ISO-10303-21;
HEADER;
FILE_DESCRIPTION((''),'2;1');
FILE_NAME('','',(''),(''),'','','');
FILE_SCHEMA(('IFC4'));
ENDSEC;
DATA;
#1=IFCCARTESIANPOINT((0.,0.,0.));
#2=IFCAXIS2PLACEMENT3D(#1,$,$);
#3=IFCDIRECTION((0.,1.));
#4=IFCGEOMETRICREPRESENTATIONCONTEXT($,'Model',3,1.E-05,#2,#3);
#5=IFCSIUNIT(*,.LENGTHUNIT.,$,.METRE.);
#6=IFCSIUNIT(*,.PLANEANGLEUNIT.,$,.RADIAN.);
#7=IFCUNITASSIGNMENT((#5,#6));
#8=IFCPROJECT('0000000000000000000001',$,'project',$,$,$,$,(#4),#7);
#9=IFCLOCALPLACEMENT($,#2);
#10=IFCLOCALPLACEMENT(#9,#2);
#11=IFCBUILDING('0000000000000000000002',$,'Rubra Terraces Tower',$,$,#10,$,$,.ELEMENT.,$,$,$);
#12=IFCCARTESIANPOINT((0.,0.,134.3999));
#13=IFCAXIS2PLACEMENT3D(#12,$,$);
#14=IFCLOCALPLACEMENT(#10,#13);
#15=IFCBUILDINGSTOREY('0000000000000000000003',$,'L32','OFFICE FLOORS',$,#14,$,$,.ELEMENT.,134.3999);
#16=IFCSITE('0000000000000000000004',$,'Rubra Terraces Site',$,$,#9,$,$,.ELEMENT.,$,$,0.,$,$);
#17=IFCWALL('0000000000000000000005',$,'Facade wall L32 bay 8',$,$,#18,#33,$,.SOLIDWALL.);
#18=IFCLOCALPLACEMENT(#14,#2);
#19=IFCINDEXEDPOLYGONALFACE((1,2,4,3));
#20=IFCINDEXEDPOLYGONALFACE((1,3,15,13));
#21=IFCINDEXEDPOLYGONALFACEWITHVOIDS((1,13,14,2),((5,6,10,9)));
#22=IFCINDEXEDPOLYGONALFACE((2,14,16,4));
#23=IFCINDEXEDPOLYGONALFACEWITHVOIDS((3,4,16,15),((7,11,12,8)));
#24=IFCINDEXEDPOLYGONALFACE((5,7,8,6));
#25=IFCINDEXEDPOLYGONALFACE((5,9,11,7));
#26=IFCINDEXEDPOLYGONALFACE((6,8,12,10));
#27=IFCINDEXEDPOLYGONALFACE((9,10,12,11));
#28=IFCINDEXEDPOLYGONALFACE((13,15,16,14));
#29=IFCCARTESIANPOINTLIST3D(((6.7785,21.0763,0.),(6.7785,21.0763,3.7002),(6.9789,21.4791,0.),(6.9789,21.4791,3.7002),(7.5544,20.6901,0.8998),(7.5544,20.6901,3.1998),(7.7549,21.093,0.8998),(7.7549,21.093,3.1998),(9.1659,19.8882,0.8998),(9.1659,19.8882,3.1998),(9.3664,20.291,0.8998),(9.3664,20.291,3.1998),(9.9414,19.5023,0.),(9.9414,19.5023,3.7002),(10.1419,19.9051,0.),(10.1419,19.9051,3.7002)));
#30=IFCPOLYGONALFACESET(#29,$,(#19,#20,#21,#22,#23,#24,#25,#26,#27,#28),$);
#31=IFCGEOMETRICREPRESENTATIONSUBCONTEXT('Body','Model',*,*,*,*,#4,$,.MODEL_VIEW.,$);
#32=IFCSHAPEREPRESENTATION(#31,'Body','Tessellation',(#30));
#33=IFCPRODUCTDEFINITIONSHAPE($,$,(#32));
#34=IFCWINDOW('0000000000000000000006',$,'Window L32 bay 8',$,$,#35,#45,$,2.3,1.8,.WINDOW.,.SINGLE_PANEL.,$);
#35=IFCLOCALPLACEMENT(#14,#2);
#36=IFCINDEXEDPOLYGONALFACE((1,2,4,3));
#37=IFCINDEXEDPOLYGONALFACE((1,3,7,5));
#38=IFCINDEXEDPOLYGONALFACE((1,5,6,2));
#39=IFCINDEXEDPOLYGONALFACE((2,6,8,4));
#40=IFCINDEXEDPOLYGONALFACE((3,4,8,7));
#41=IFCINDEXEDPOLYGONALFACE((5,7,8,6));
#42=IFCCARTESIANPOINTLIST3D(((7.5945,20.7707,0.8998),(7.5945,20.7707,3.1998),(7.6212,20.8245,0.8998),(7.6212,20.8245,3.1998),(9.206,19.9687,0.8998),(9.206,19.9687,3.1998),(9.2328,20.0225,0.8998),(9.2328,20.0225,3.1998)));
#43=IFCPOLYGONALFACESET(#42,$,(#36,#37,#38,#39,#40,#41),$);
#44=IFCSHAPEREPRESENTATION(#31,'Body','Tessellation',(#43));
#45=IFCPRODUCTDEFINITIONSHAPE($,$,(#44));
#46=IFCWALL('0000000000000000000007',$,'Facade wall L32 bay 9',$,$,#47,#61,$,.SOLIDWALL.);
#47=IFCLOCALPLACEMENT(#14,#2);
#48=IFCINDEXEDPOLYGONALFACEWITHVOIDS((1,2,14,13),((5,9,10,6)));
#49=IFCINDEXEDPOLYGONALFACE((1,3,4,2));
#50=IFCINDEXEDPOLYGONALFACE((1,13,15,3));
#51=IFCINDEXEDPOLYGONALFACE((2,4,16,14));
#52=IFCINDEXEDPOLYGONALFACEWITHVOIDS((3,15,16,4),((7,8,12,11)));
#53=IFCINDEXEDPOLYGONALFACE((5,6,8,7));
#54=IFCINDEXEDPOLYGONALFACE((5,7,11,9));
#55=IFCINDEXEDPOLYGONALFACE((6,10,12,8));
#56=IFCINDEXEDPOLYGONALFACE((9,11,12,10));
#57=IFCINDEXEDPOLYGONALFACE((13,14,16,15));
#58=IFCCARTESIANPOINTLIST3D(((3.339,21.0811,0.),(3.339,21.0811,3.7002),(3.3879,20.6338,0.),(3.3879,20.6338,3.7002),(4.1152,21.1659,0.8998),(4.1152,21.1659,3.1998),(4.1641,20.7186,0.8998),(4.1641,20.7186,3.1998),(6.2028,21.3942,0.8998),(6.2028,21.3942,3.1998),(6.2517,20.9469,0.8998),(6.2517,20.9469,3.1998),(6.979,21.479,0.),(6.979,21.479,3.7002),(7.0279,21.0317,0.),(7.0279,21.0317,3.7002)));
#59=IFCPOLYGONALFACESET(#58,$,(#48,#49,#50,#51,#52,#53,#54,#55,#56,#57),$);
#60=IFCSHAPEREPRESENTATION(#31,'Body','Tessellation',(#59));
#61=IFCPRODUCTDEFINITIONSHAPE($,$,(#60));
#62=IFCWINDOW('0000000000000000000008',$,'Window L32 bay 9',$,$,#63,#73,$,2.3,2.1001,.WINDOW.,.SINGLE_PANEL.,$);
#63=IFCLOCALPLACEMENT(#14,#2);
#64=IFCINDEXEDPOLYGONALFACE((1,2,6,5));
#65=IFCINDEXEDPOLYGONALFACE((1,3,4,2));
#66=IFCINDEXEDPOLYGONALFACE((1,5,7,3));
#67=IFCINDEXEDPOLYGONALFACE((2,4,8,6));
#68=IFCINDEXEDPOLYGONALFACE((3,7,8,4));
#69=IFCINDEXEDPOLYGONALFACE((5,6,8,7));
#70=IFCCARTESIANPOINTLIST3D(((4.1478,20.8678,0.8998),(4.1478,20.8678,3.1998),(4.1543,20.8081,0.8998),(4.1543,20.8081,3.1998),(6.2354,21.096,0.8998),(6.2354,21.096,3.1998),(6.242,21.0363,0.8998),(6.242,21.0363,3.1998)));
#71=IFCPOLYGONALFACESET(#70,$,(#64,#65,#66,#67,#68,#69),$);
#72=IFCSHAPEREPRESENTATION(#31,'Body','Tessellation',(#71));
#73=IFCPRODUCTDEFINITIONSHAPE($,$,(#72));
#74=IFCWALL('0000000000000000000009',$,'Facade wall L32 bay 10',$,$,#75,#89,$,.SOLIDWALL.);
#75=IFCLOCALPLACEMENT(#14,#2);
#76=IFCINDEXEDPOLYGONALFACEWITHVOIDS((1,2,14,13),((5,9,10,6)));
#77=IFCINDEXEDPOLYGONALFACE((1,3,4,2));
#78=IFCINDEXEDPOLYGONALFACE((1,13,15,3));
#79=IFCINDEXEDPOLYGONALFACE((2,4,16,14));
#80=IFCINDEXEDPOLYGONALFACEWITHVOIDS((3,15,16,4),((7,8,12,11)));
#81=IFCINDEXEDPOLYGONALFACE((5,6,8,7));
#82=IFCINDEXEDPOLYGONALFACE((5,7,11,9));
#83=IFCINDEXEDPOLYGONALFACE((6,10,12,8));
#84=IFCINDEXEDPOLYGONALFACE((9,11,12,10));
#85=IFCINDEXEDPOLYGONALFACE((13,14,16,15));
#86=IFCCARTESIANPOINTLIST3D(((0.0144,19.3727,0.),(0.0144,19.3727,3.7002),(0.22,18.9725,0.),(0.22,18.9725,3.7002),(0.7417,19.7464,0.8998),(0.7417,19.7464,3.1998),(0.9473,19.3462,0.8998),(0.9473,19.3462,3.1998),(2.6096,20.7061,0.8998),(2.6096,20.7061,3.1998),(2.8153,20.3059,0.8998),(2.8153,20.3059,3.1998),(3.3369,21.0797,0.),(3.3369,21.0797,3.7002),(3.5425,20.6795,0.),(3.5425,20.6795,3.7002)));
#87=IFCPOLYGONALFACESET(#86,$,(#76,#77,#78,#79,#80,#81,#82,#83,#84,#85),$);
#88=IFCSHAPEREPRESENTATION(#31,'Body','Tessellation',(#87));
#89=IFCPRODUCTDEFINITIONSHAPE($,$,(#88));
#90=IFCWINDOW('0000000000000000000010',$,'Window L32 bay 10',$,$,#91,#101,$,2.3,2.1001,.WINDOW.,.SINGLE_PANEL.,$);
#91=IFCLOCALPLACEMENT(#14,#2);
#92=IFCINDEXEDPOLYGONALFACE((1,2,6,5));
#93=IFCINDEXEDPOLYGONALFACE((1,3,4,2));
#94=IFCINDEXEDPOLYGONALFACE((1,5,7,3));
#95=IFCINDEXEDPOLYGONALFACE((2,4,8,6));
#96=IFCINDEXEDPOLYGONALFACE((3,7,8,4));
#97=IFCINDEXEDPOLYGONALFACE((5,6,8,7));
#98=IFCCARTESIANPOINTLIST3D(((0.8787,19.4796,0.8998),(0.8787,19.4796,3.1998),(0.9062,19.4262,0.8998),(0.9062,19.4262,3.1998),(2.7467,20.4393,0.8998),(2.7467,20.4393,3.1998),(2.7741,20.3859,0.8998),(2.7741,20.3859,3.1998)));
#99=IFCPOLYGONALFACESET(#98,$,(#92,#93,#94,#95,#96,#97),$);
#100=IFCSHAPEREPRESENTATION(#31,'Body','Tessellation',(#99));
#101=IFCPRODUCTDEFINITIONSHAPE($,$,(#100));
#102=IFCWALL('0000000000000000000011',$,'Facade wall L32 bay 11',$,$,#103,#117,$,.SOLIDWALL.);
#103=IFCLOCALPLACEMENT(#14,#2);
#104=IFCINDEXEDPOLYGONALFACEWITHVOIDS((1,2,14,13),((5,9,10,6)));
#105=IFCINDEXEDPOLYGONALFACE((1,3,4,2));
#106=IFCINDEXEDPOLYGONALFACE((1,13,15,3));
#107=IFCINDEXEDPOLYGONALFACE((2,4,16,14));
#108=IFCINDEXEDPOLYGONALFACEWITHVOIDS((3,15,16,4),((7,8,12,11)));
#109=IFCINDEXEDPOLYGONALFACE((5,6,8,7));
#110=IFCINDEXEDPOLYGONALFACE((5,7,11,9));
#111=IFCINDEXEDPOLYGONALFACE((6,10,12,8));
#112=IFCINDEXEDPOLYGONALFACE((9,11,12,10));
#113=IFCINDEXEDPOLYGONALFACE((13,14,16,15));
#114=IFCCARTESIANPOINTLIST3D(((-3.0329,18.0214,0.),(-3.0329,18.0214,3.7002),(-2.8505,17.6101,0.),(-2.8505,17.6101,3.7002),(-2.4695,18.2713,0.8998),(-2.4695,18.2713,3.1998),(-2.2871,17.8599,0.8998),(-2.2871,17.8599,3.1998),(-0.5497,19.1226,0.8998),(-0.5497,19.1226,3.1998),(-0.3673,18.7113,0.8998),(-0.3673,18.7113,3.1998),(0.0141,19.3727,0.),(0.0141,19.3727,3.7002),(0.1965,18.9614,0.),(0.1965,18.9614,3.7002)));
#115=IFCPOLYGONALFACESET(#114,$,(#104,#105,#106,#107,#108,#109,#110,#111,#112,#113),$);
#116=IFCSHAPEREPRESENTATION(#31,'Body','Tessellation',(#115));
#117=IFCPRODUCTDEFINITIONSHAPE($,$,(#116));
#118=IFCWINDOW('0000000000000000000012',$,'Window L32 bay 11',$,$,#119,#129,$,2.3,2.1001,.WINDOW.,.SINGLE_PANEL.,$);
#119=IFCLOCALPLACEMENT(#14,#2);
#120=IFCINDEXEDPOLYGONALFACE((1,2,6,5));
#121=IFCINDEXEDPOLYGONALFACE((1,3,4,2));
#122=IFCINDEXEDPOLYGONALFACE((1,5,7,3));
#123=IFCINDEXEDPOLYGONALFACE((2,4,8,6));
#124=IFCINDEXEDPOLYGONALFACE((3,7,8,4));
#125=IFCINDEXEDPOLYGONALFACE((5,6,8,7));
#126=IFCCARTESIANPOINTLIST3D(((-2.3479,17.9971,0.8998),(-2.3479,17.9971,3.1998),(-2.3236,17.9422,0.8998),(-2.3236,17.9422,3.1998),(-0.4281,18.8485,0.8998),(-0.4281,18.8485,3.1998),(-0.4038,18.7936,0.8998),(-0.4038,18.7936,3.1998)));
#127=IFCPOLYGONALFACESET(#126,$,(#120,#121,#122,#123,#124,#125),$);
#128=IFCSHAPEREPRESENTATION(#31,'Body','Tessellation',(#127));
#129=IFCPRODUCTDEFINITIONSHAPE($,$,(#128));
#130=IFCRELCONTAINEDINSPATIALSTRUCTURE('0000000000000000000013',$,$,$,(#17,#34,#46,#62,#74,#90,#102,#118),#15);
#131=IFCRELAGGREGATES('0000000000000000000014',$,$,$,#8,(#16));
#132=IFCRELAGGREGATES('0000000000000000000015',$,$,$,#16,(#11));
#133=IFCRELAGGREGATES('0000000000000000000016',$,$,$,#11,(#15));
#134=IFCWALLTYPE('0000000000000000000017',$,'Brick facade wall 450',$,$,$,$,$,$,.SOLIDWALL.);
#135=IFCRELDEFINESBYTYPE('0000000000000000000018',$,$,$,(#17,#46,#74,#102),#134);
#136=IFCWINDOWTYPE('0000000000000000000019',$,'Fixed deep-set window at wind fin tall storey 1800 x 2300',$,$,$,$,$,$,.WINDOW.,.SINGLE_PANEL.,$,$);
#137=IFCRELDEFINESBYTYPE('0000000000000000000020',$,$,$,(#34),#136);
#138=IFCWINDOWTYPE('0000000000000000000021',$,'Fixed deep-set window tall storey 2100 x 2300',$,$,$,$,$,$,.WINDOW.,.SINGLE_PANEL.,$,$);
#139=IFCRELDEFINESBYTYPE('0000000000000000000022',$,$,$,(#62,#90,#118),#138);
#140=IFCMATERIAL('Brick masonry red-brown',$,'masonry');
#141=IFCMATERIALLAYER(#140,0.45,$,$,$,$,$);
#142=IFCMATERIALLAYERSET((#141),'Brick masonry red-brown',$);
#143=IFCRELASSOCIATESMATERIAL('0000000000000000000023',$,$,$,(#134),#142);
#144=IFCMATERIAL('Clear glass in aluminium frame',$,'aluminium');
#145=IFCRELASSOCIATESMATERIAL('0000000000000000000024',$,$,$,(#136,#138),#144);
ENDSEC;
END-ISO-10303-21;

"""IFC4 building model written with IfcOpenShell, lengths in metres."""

from ifc_helpers import new_model, si_unit, direction, frame, frame_2d, origin, place, context, subcontext, project, spatial, rectangle, extrude, material, layer, layer_set, type_object, element, fill, save


model = new_model("IFC4")

# Units and contexts
model_context = context("Model", 3, precision=1e-05, world=origin(), true_north=direction((0.0, 1.0)))
body_context = subcontext(model_context, "Body", "Model", "MODEL_VIEW")
ifc_project = project(units=[si_unit("LENGTHUNIT", "METRE"), si_unit("PLANEANGLEUNIT", "RADIAN")], contexts=[model_context])

# Site, building, storey
site_placement = place(None, origin())
site = spatial("IfcSite", under=ifc_project, at=site_placement, Name="Rubra Terraces Site", CompositionType="ELEMENT", RefElevation=0.0)
building_placement = place(site_placement, origin())
building = spatial("IfcBuilding", under=site, at=building_placement, Name="Rubra Terraces Tower", CompositionType="ELEMENT")
storey_placement = place(building_placement, frame((0.0, 0.0, 134.3999)))
storey = spatial("IfcBuildingStorey", under=building, at=storey_placement, Name="L32", Description="OFFICE FLOORS", CompositionType="ELEMENT", Elevation=134.3999)

# Walls, openings, windows
ifc_material_1 = material(Name="Brick masonry red-brown", Category="masonry")
ifc_layer_1 = layer(ifc_material_1, 0.45)
ifc_layer_set_1 = layer_set([ifc_layer_1], Name="Brick masonry red-brown")
wall_type_1 = type_object("IfcWallType", Name="Brick facade wall 450", PredefinedType="SOLIDWALL", material=ifc_layer_set_1)
wall_1_placement = place(storey_placement, frame((10.0417, 19.7036, 0.0), z_axis=(0.0, 0.0, 1.0), x_axis=(-0.895269, 0.445527, 0.0)))
wall_1 = element("IfcWall", 1, at=wall_1_placement, inside=storey, type_object=wall_type_1, Name="Facade wall L32 bay 8", PredefinedType="SOLIDWALL", context=body_context, shape_type="SweptSolid", body=[
    extrude(rectangle(XDim=3.533, YDim=0.45, at=frame_2d((1.7666, 0.0))), origin(), (0.0, 0.0, 1.0), 3.7002),
])
opening_1_placement = place(wall_1_placement, frame((0.8665, 0.0, 0.8999)))
opening_1 = element("IfcOpeningElement", 2, at=opening_1_placement, cuts=wall_1, PredefinedType="OPENING", context=body_context, shape_type="SweptSolid", body=[
    extrude(rectangle(XDim=1.8, YDim=2.3, at=frame_2d((0.8999, 1.1499))), frame((0.0, 0.2349, 0.0), z_axis=(0.0, -1.0, 0.0), x_axis=(1.0, 0.0, 0.0)), (0.0, 0.0, 1.0), 0.47),
])
ifc_material_2 = material(Name="Clear glass in aluminium frame", Category="aluminium")
window_type_1 = type_object("IfcWindowType", Name="Fixed deep-set window at wind fin tall storey 1800 x 2300", PartitioningType="SINGLE_PANEL", PredefinedType="WINDOW", material=ifc_material_2)
window_1_placement = place(opening_1_placement, origin())
window_1 = element("IfcWindow", 3, at=window_1_placement, inside=storey, type_object=window_type_1, Name="Window L32 bay 8", OverallHeight=2.3, OverallWidth=1.8, PartitioningType="SINGLE_PANEL", PredefinedType="WINDOW", context=body_context, shape_type="SweptSolid", body=[
    extrude(rectangle(XDim=1.8, YDim=2.3, at=frame_2d((0.8999, 1.1499))), frame((0.0, 0.135, 0.0), z_axis=(0.0, -1.0, 0.0), x_axis=(1.0, 0.0, 0.0)), (0.0, 0.0, 1.0), 0.0601),
])
fill(opening_1, window_1)
wall_2_placement = place(storey_placement, frame((7.0034, 21.2554, 0.0), z_axis=(0.0, 0.0, 1.0), x_axis=(-0.994077, -0.108682, 0.0)))
wall_2 = element("IfcWall", 4, at=wall_2_placement, inside=storey, type_object=wall_type_1, Name="Facade wall L32 bay 9", PredefinedType="SOLIDWALL", context=body_context, shape_type="SweptSolid", body=[
    extrude(rectangle(XDim=3.6616, YDim=0.45, at=frame_2d((1.8308, 0.0))), origin(), (0.0, 0.0, 1.0), 3.7002),
])
opening_2_placement = place(wall_2_placement, frame((0.7808, 0.0, 0.8999)))
opening_2 = element("IfcOpeningElement", 5, at=opening_2_placement, cuts=wall_2, PredefinedType="OPENING", context=body_context, shape_type="SweptSolid", body=[
    extrude(rectangle(XDim=2.1001, YDim=2.3, at=frame_2d((1.05, 1.1499))), frame((0.0, 0.2349, 0.0), z_axis=(0.0, -1.0, 0.0), x_axis=(1.0, 0.0, 0.0)), (0.0, 0.0, 1.0), 0.47),
])
window_type_2 = type_object("IfcWindowType", Name="Fixed deep-set window tall storey 2100 x 2300", PartitioningType="SINGLE_PANEL", PredefinedType="WINDOW", material=ifc_material_2)
window_2_placement = place(opening_2_placement, origin())
window_2 = element("IfcWindow", 6, at=window_2_placement, inside=storey, type_object=window_type_2, Name="Window L32 bay 9", OverallHeight=2.3, OverallWidth=2.1001, PartitioningType="SINGLE_PANEL", PredefinedType="WINDOW", context=body_context, shape_type="SweptSolid", body=[
    extrude(rectangle(XDim=2.1001, YDim=2.3, at=frame_2d((1.05, 1.1499))), frame((0.0, 0.135, 0.0), z_axis=(0.0, -1.0, 0.0), x_axis=(1.0, 0.0, 0.0)), (0.0, 0.0, 1.0), 0.0601),
])
fill(opening_2, window_2)
wall_3_placement = place(storey_placement, frame((3.4397, 20.8796, 0.0), z_axis=(0.0, 0.0, 1.0), x_axis=(-0.889472, -0.456991, 0.0)))
wall_3 = element("IfcWall", 7, at=wall_3_placement, inside=storey, type_object=wall_type_1, Name="Facade wall L32 bay 10", PredefinedType="SOLIDWALL", context=body_context, shape_type="SweptSolid", body=[
    extrude(rectangle(XDim=3.7354, YDim=0.45, at=frame_2d((1.8677, 0.0))), origin(), (0.0, 0.0, 1.0), 3.7002),
])
opening_3_placement = place(wall_3_placement, frame((0.8176, 0.0, 0.8999)))
opening_3 = element("IfcOpeningElement", 8, at=opening_3_placement, cuts=wall_3, PredefinedType="OPENING", context=body_context, shape_type="SweptSolid", body=[
    extrude(rectangle(XDim=2.1001, YDim=2.3, at=frame_2d((1.05, 1.1499))), frame((0.0, 0.2349, 0.0), z_axis=(0.0, -1.0, 0.0), x_axis=(1.0, 0.0, 0.0)), (0.0, 0.0, 1.0), 0.47),
])
window_3_placement = place(opening_3_placement, origin())
window_3 = element("IfcWindow", 9, at=window_3_placement, inside=storey, type_object=window_type_2, Name="Window L32 bay 10", OverallHeight=2.3, OverallWidth=2.1001, PartitioningType="SINGLE_PANEL", PredefinedType="WINDOW", context=body_context, shape_type="SweptSolid", body=[
    extrude(rectangle(XDim=2.1001, YDim=2.3, at=frame_2d((1.05, 1.1499))), frame((0.0, 0.135, 0.0), z_axis=(0.0, -1.0, 0.0), x_axis=(1.0, 0.0, 0.0)), (0.0, 0.0, 1.0), 0.0601),
])
fill(opening_3, window_3)
wall_4_placement = place(storey_placement, frame((0.1052, 19.167, 0.0), z_axis=(0.0, 0.0, 1.0), x_axis=(-0.91414, -0.405398, 0.0)))
wall_4 = element("IfcWall", 10, at=wall_4_placement, inside=storey, type_object=wall_type_1, Name="Facade wall L32 bay 11", PredefinedType="SOLIDWALL", context=body_context, shape_type="SweptSolid", body=[
    extrude(rectangle(XDim=3.3333, YDim=0.45, at=frame_2d((1.6665, 0.0))), origin(), (0.0, 0.0, 1.0), 3.7002),
])
opening_4_placement = place(wall_4_placement, frame((0.6167, 0.0, 0.8999)))
opening_4 = element("IfcOpeningElement", 11, at=opening_4_placement, cuts=wall_4, PredefinedType="OPENING", context=body_context, shape_type="SweptSolid", body=[
    extrude(rectangle(XDim=2.1001, YDim=2.3, at=frame_2d((1.05, 1.1499))), frame((0.0, 0.2349, 0.0), z_axis=(0.0, -1.0, 0.0), x_axis=(1.0, 0.0, 0.0)), (0.0, 0.0, 1.0), 0.47),
])
window_4_placement = place(opening_4_placement, origin())
window_4 = element("IfcWindow", 12, at=window_4_placement, inside=storey, type_object=window_type_2, Name="Window L32 bay 11", OverallHeight=2.3, OverallWidth=2.1001, PartitioningType="SINGLE_PANEL", PredefinedType="WINDOW", context=body_context, shape_type="SweptSolid", body=[
    extrude(rectangle(XDim=2.1001, YDim=2.3, at=frame_2d((1.05, 1.1499))), frame((0.0, 0.135, 0.0), z_axis=(0.0, -1.0, 0.0), x_axis=(1.0, 0.0, 0.0)), (0.0, 0.0, 1.0), 0.0601),
])
fill(opening_4, window_4)

save(model, "model.ifc")
